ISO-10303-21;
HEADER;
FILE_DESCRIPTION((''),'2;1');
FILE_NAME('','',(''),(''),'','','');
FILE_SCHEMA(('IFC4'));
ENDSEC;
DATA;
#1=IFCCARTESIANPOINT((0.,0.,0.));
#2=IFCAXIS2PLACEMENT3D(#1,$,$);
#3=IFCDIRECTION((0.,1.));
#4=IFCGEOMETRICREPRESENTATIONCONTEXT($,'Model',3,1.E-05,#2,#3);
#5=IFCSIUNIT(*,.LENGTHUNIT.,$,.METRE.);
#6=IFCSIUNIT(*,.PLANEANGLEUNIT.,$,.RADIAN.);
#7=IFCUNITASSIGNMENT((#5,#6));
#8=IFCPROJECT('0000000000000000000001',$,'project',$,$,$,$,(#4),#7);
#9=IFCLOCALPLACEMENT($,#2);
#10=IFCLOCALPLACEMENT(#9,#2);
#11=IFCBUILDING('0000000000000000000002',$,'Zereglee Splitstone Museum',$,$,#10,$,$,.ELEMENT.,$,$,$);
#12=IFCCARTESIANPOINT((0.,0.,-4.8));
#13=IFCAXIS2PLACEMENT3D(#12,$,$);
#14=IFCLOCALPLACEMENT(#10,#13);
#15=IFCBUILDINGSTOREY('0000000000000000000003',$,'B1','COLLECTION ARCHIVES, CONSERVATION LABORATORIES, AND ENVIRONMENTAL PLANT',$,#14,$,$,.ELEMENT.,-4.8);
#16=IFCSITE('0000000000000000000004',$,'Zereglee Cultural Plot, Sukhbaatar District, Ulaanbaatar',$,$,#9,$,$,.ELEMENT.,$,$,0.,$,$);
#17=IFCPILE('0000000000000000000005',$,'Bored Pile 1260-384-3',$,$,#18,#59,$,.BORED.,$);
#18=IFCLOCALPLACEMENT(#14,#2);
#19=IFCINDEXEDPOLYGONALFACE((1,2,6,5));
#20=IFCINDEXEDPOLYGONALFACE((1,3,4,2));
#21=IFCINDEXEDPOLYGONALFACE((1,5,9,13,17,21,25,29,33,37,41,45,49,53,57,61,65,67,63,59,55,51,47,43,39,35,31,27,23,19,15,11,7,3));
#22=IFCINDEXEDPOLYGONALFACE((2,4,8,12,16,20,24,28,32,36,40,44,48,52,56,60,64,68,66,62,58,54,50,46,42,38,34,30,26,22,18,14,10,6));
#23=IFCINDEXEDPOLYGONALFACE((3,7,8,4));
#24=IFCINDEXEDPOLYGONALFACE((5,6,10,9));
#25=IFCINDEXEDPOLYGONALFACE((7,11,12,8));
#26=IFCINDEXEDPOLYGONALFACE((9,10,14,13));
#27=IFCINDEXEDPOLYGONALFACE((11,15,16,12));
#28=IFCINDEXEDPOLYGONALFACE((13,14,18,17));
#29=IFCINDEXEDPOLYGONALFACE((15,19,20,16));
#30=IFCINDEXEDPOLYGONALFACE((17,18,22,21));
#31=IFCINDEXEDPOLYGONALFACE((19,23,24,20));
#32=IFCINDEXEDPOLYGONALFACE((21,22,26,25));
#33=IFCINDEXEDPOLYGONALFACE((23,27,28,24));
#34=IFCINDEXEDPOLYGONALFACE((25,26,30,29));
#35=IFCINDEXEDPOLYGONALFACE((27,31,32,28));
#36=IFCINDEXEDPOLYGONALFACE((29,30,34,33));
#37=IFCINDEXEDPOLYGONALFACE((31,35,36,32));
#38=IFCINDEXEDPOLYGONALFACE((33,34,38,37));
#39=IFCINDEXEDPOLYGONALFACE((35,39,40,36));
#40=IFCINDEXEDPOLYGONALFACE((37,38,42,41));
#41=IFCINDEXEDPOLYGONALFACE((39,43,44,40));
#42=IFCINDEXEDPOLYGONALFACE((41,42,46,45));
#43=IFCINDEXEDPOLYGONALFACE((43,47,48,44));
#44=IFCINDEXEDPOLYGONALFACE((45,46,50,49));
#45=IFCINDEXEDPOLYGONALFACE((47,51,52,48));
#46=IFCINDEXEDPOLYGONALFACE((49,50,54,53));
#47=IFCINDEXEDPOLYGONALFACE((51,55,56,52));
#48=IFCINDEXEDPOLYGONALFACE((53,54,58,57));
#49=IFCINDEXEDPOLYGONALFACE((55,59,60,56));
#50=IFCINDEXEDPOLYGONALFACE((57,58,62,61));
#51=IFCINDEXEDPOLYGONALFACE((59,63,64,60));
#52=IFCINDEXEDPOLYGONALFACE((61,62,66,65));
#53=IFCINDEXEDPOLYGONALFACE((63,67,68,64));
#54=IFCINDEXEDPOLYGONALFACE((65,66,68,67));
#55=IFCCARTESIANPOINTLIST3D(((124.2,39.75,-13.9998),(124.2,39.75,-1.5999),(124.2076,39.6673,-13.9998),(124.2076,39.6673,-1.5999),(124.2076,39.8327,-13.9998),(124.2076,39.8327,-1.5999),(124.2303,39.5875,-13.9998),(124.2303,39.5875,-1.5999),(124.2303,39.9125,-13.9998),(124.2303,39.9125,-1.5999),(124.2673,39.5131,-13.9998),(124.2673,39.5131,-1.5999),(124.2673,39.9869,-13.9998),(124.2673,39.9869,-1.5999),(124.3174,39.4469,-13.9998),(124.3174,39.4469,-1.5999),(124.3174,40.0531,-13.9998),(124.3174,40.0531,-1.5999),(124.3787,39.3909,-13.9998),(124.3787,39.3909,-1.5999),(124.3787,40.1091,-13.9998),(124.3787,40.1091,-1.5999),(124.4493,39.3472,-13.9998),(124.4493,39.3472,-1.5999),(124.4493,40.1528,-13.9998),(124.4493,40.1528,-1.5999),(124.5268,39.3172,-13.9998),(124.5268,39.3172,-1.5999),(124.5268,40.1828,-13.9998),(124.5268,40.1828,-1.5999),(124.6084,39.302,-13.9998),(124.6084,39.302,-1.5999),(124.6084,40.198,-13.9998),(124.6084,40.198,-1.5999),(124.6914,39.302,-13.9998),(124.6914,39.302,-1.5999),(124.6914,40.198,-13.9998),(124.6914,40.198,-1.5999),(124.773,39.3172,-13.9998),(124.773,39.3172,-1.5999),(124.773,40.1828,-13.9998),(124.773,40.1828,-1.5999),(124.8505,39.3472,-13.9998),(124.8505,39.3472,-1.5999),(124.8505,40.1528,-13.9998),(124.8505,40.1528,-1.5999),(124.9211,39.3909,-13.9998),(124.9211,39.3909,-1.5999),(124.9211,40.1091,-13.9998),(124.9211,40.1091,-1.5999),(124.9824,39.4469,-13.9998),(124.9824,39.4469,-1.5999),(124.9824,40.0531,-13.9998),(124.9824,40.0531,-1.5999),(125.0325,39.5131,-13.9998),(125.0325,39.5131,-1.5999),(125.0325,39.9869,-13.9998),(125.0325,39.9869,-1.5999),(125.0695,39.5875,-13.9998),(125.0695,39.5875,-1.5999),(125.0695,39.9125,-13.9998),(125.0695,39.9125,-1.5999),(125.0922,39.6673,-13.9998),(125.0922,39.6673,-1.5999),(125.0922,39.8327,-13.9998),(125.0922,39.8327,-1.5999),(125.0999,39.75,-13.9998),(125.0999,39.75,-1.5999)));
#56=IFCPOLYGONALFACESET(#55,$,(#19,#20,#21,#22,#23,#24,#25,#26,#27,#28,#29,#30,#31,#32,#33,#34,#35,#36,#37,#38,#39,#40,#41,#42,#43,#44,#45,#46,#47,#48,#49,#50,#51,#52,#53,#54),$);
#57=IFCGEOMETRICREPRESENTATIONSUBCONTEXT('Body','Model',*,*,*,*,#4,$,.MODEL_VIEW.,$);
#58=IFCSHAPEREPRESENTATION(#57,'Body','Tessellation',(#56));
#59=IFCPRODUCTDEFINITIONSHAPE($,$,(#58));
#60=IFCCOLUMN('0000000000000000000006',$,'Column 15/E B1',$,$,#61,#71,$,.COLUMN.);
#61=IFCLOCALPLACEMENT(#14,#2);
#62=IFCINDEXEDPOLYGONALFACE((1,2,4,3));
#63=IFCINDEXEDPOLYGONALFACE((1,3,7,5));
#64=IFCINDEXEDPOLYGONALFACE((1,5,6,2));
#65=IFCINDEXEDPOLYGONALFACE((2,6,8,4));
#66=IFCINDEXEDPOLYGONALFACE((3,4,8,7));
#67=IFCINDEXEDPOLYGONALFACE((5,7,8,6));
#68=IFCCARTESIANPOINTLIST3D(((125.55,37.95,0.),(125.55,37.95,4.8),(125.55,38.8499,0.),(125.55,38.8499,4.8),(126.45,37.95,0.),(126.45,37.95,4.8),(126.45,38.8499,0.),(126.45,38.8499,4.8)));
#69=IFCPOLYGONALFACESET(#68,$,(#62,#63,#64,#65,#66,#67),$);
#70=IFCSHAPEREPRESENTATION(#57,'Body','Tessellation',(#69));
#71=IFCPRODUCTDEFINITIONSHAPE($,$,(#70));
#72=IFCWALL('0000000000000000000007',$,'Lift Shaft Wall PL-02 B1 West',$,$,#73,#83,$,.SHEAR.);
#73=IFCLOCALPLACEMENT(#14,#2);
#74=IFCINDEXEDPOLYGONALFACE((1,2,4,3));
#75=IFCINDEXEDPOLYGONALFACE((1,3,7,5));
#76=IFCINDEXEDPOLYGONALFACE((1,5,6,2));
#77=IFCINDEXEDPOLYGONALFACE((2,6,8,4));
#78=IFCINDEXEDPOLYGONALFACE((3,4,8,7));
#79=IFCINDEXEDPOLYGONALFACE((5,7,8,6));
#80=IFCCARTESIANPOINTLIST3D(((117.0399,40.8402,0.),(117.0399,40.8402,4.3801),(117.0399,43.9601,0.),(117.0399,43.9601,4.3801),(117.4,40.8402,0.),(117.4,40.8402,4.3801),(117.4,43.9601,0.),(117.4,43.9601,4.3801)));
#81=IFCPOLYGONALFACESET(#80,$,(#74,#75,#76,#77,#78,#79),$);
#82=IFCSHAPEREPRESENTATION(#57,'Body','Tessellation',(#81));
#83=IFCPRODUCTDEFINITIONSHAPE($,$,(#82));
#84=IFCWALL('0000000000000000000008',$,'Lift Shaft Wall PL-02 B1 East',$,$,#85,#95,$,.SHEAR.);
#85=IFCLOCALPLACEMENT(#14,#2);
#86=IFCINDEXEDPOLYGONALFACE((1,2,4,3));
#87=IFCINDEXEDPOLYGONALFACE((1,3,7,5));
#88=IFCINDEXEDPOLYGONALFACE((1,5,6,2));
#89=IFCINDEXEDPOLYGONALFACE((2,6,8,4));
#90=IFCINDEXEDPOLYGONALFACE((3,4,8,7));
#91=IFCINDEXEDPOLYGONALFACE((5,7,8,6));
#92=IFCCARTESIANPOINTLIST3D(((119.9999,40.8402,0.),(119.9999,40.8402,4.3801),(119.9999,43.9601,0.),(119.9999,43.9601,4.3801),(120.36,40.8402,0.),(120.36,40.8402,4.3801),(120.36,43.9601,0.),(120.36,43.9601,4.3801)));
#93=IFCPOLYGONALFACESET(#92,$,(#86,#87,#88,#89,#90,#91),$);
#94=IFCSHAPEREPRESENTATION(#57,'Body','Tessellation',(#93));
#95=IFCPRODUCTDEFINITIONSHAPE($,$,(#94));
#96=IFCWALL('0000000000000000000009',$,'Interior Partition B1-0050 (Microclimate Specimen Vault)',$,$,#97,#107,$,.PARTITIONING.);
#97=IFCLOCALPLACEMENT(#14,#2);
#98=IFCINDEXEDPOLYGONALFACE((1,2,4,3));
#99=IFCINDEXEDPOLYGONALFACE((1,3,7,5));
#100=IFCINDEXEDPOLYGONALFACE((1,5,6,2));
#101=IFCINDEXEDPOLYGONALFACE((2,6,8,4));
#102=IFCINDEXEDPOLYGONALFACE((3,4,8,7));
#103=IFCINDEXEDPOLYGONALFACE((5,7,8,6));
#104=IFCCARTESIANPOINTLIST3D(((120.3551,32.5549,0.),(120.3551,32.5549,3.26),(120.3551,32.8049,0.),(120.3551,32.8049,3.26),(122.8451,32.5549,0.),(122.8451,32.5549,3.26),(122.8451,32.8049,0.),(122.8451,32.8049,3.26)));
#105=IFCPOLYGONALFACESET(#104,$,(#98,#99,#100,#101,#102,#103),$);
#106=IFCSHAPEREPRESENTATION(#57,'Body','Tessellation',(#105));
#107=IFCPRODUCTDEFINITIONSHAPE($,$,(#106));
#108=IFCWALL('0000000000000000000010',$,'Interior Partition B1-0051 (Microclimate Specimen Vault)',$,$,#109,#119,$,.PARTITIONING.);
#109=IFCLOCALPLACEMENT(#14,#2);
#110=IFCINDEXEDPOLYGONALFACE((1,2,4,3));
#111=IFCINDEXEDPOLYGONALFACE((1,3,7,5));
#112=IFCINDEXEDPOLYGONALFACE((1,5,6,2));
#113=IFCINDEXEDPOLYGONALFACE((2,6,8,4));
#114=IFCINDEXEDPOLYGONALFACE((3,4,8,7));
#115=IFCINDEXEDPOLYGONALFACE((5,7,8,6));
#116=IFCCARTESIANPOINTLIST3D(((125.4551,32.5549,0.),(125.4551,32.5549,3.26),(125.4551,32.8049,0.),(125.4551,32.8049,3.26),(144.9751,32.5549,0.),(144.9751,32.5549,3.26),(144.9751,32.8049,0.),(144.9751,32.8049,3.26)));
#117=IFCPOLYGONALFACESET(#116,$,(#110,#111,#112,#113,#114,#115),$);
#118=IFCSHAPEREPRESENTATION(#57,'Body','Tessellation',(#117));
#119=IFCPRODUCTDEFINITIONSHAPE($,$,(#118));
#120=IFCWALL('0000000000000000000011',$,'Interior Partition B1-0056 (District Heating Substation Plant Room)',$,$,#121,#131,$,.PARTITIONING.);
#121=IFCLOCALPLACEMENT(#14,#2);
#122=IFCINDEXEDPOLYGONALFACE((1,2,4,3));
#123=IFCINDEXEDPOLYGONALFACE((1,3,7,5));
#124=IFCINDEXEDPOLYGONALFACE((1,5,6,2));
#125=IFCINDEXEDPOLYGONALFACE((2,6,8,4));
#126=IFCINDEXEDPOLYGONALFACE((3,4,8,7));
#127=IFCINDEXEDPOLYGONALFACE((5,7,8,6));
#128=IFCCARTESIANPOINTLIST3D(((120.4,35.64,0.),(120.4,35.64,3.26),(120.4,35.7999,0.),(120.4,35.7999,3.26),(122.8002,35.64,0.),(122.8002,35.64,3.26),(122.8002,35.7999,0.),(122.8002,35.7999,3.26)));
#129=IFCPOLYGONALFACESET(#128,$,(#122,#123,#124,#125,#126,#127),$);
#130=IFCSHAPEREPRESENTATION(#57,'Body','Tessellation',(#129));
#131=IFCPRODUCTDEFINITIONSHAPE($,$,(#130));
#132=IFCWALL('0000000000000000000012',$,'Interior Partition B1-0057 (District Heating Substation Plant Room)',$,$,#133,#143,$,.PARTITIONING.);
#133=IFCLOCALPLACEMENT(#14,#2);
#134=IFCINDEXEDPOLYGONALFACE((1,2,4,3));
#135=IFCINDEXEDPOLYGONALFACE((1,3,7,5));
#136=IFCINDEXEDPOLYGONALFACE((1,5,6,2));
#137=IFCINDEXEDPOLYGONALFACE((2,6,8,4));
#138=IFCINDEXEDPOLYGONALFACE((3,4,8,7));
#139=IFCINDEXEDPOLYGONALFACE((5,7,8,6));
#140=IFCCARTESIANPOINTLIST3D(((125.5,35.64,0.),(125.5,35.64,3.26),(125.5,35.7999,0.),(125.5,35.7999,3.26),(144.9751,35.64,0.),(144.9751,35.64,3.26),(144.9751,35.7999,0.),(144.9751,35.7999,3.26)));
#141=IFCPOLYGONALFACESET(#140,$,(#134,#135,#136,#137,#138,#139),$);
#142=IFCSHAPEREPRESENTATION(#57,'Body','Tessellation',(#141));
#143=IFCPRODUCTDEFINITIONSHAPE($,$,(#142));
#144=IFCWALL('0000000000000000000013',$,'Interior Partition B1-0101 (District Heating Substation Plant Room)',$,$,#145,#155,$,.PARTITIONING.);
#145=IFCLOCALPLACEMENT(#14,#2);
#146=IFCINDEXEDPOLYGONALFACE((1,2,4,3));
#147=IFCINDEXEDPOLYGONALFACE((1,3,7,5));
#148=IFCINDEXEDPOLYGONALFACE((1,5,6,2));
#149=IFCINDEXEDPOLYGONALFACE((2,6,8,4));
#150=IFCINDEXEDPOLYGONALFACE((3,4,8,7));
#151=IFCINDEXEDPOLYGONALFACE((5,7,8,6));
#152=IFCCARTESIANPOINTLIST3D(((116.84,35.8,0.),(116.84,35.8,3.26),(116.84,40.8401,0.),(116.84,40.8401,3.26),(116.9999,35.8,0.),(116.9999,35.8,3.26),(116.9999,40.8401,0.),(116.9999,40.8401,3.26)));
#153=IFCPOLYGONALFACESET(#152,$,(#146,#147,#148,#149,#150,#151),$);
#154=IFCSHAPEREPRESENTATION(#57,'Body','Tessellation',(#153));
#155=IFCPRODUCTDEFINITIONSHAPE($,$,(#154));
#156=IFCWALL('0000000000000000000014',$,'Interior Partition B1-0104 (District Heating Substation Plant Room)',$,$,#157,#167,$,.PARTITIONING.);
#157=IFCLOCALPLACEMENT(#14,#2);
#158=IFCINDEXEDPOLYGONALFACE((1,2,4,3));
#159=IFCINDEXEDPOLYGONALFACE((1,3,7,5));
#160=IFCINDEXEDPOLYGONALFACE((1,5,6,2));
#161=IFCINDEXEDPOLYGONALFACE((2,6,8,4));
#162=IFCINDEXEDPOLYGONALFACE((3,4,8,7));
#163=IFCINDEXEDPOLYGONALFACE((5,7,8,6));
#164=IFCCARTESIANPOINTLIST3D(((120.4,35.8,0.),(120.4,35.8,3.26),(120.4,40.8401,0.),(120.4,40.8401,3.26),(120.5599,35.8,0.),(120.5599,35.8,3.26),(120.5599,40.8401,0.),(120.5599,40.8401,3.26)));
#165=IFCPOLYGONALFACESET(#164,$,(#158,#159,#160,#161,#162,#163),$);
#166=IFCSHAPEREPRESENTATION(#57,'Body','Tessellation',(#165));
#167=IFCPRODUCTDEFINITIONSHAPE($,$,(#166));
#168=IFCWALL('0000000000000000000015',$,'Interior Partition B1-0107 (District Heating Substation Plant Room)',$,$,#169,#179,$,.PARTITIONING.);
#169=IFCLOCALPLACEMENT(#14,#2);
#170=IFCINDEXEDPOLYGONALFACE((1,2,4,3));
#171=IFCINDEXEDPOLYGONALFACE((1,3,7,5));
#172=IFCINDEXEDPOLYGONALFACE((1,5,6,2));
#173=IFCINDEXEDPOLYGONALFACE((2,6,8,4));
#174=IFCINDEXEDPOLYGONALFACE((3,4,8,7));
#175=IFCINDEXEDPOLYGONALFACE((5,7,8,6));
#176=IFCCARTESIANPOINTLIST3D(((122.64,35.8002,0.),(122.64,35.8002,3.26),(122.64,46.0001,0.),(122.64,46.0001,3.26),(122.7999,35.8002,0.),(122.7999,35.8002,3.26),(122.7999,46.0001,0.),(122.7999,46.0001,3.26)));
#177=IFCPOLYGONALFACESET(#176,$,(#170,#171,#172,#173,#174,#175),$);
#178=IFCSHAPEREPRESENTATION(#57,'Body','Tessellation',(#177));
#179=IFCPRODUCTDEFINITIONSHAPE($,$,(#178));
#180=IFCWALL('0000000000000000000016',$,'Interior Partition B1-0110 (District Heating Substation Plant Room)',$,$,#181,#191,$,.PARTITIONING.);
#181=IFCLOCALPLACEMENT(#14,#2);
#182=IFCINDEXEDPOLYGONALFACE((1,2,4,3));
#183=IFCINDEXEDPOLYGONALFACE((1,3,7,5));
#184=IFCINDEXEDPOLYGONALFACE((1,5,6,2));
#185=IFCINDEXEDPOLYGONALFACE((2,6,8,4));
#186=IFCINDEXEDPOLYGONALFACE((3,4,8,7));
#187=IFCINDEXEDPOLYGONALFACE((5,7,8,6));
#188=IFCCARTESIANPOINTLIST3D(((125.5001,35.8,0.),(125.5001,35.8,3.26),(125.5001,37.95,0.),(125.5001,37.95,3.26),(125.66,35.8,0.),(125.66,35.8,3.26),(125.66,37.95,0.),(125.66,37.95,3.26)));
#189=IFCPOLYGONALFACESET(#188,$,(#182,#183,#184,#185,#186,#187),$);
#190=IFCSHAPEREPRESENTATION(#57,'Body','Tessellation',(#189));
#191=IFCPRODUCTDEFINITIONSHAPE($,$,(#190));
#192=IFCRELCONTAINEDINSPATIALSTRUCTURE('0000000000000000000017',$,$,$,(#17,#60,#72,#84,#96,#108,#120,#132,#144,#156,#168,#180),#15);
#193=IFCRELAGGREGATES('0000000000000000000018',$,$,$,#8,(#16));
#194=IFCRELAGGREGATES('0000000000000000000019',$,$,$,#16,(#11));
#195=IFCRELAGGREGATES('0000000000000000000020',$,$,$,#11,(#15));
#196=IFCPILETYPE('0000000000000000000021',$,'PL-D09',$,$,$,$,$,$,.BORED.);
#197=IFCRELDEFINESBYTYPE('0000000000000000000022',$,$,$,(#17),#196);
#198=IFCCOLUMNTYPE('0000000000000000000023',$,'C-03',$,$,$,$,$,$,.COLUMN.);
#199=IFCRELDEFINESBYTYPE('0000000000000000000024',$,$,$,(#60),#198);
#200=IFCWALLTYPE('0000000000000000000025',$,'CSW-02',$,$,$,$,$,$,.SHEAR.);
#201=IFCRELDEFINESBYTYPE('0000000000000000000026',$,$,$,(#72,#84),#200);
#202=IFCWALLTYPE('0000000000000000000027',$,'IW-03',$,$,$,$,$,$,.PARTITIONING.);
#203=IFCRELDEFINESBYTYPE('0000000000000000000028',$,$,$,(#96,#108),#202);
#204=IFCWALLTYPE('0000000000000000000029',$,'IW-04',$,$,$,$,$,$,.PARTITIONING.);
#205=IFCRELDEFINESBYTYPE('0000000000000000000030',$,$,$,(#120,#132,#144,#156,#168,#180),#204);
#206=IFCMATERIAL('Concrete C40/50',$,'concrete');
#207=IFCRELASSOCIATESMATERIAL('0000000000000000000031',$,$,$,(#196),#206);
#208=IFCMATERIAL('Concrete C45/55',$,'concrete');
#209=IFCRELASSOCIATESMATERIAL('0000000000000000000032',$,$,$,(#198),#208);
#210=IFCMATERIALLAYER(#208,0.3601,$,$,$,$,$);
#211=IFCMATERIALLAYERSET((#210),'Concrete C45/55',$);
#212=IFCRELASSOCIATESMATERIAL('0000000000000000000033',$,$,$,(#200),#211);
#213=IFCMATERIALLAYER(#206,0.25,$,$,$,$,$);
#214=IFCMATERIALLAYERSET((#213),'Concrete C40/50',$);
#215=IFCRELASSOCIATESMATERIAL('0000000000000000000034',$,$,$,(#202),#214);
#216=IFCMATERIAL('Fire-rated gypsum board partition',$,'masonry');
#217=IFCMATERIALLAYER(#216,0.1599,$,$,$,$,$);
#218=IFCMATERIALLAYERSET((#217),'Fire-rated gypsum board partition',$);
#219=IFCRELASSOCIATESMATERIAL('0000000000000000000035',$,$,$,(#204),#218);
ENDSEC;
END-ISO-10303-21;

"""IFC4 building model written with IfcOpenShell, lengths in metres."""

from ifc_helpers import new_model, si_unit, direction, frame, frame_2d, origin, origin_2d, place, context, subcontext, project, spatial, rectangle, circle, extrude, material, layer, layer_set, material_profile, profile_set, type_object, element, save


model = new_model("IFC4")

# Units and contexts
model_context = context("Model", 3, precision=1e-05, world=origin(), true_north=direction((0.0, 1.0)))
body_context = subcontext(model_context, "Body", "Model", "MODEL_VIEW")
ifc_project = project(units=[si_unit("LENGTHUNIT", "METRE"), si_unit("PLANEANGLEUNIT", "RADIAN")], contexts=[model_context])

# Site, building, storey
site_placement = place(None, origin())
site = spatial("IfcSite", under=ifc_project, at=site_placement, Name="Zereglee Cultural Plot, Sukhbaatar District, Ulaanbaatar", CompositionType="ELEMENT", RefElevation=0.0)
building_placement = place(site_placement, origin())
building = spatial("IfcBuilding", under=site, at=building_placement, Name="Zereglee Splitstone Museum", CompositionType="ELEMENT")
storey_placement = place(building_placement, frame((0.0, 0.0, -4.8)))
storey = spatial("IfcBuildingStorey", under=building, at=storey_placement, Name="B1", Description="COLLECTION ARCHIVES, CONSERVATION LABORATORIES, AND ENVIRONMENTAL PLANT", CompositionType="ELEMENT", Elevation=-4.8)

# Shared definitions
ifc_material_1 = material(Name="Concrete C40/50", Category="concrete")

# Pile
ifc_material_profile_1 = material_profile(ifc_material_1, circle(Radius=0.45, at=origin_2d()), Name="PILE D900")
ifc_profile_set_1 = profile_set([ifc_material_profile_1], Name="Concrete C40/50")
pile_type = type_object("IfcPileType", Name="PL-D09", PredefinedType="BORED", material=ifc_profile_set_1)
for number, where, z_axis, x_axis, name in (
    (1, (124.6499, 39.75, -1.5999), (0.0, 0.0, -1.0), (1.0, 0.0, 0.0), "Bored Pile 1260-384-3"),
):
    element("IfcPile", number, at=place(storey_placement, frame(where, z_axis=z_axis, x_axis=x_axis)), inside=storey, type_object=pile_type, Name=name, PredefinedType="BORED", context=body_context, shape_type="SweptSolid", body=[
        extrude(circle(Radius=0.45, at=origin_2d()), origin(), (0.0, 0.0, 1.0), 12.3999),
    ])

# Column
ifc_material_2 = material(Name="Concrete C45/55", Category="concrete")
ifc_material_profile_2 = material_profile(ifc_material_2, rectangle(XDim=0.8999, YDim=0.8999, at=origin_2d()), Name="RC 900x900")
ifc_profile_set_2 = profile_set([ifc_material_profile_2], Name="Concrete C45/55")
column_type = type_object("IfcColumnType", Name="C-03", PredefinedType="COLUMN", material=ifc_profile_set_2)
column_placement = place(storey_placement, frame((126.0, 38.3999, 0.0), z_axis=(0.0, 0.0, 1.0), x_axis=(1.0, 0.0, 0.0)))
element("IfcColumn", 2, at=column_placement, inside=storey, type_object=column_type, Name="Column 15/E B1", PredefinedType="COLUMN", context=body_context, shape_type="SweptSolid", body=[
    extrude(rectangle(XDim=0.8999, YDim=0.8999, at=origin_2d()), origin(), (0.0, 0.0, 1.0), 4.8),
])

# Shared definitions
ifc_layer_1 = layer(ifc_material_2, 0.3601)
ifc_layer_set_1 = layer_set([ifc_layer_1], Name="Concrete C45/55")
wall_type_1 = type_object("IfcWallType", Name="CSW-02", PredefinedType="SHEAR", material=ifc_layer_set_1)

# Walls
for number, where, z_axis, x_axis, name in (
    (3, (117.22, 40.8401, 0.0), (0.0, 0.0, 1.0), (0.0, 1.0, 0.0), "Lift Shaft Wall PL-02 B1 West"),
    (4, (120.1799, 40.8401, 0.0), (0.0, 0.0, 1.0), (0.0, 1.0, 0.0), "Lift Shaft Wall PL-02 B1 East"),
):
    element("IfcWall", number, at=place(storey_placement, frame(where, z_axis=z_axis, x_axis=x_axis)), inside=storey, type_object=wall_type_1, Name=name, PredefinedType="SHEAR", context=body_context, shape_type="SweptSolid", body=[
        extrude(rectangle(XDim=3.1199, YDim=0.3601, at=frame_2d((1.5601, 0.0))), origin(), (0.0, 0.0, 1.0), 4.3801),
    ])
ifc_layer_2 = layer(ifc_material_1, 0.25)
ifc_layer_set_2 = layer_set([ifc_layer_2], Name="Concrete C40/50")
wall_type_2 = type_object("IfcWallType", Name="IW-03", PredefinedType="PARTITIONING", material=ifc_layer_set_2)
wall_1_placement = place(storey_placement, frame((120.355, 32.6799, 0.0), z_axis=(0.0, 0.0, 1.0), x_axis=(1.0, 0.0, 0.0)))
element("IfcWall", 5, at=wall_1_placement, inside=storey, type_object=wall_type_2, Name="Interior Partition B1-0050 (Microclimate Specimen Vault)", PredefinedType="PARTITIONING", context=body_context, shape_type="SweptSolid", body=[
    extrude(rectangle(XDim=2.49, YDim=0.25, at=frame_2d((1.2451, 0.0))), origin(), (0.0, 0.0, 1.0), 3.26),
])
wall_2_placement = place(storey_placement, frame((125.4551, 32.6799, 0.0), z_axis=(0.0, 0.0, 1.0), x_axis=(1.0, 0.0, 0.0)))
element("IfcWall", 6, at=wall_2_placement, inside=storey, type_object=wall_type_2, Name="Interior Partition B1-0051 (Microclimate Specimen Vault)", PredefinedType="PARTITIONING", context=body_context, shape_type="SweptSolid", body=[
    extrude(rectangle(XDim=19.52, YDim=0.25, at=frame_2d((9.76, 0.0))), origin(), (0.0, 0.0, 1.0), 3.26),
])
ifc_material_3 = material(Name="Fire-rated gypsum board partition", Category="masonry")
ifc_layer_3 = layer(ifc_material_3, 0.1599)
ifc_layer_set_3 = layer_set([ifc_layer_3], Name="Fire-rated gypsum board partition")
wall_type_3 = type_object("IfcWallType", Name="IW-04", PredefinedType="PARTITIONING", material=ifc_layer_set_3)
wall_3_placement = place(storey_placement, frame((120.3999, 35.72, 0.0), z_axis=(0.0, 0.0, 1.0), x_axis=(1.0, 0.0, 0.0)))
element("IfcWall", 7, at=wall_3_placement, inside=storey, type_object=wall_type_3, Name="Interior Partition B1-0056 (District Heating Substation Plant Room)", PredefinedType="PARTITIONING", context=body_context, shape_type="SweptSolid", body=[
    extrude(rectangle(XDim=2.4001, YDim=0.1599, at=frame_2d((1.2002, 0.0))), origin(), (0.0, 0.0, 1.0), 3.26),
])
wall_4_placement = place(storey_placement, frame((125.5, 35.72, 0.0), z_axis=(0.0, 0.0, 1.0), x_axis=(1.0, 0.0, 0.0)))
element("IfcWall", 8, at=wall_4_placement, inside=storey, type_object=wall_type_3, Name="Interior Partition B1-0057 (District Heating Substation Plant Room)", PredefinedType="PARTITIONING", context=body_context, shape_type="SweptSolid", body=[
    extrude(rectangle(XDim=19.4751, YDim=0.1599, at=frame_2d((9.7375, 0.0))), origin(), (0.0, 0.0, 1.0), 3.26),
])
for number, where, z_axis, x_axis, name in (
    (9, (116.9199, 35.8, 0.0), (0.0, 0.0, 1.0), (0.0, 1.0, 0.0), "Interior Partition B1-0101 (District Heating Substation Plant Room)"),
    (10, (120.48, 35.8, 0.0), (0.0, 0.0, 1.0), (0.0, 1.0, 0.0), "Interior Partition B1-0104 (District Heating Substation Plant Room)"),
):
    element("IfcWall", number, at=place(storey_placement, frame(where, z_axis=z_axis, x_axis=x_axis)), inside=storey, type_object=wall_type_3, Name=name, PredefinedType="PARTITIONING", context=body_context, shape_type="SweptSolid", body=[
        extrude(rectangle(XDim=5.04, YDim=0.1599, at=frame_2d((2.52, 0.0))), origin(), (0.0, 0.0, 1.0), 3.26),
    ])
wall_5_placement = place(storey_placement, frame((122.72, 35.8, 0.0), z_axis=(0.0, 0.0, 1.0), x_axis=(0.0, 1.0, 0.0)))
element("IfcWall", 11, at=wall_5_placement, inside=storey, type_object=wall_type_3, Name="Interior Partition B1-0107 (District Heating Substation Plant Room)", PredefinedType="PARTITIONING", context=body_context, shape_type="SweptSolid", body=[
    extrude(rectangle(XDim=10.2, YDim=0.1599, at=frame_2d((5.1001, 0.0))), origin(), (0.0, 0.0, 1.0), 3.26),
])
wall_6_placement = place(storey_placement, frame((125.5801, 35.8, 0.0), z_axis=(0.0, 0.0, 1.0), x_axis=(0.0, 1.0, 0.0)))
element("IfcWall", 12, at=wall_6_placement, inside=storey, type_object=wall_type_3, Name="Interior Partition B1-0110 (District Heating Substation Plant Room)", PredefinedType="PARTITIONING", context=body_context, shape_type="SweptSolid", body=[
    extrude(rectangle(XDim=2.1499, YDim=0.1599, at=frame_2d((1.075, 0.0))), origin(), (0.0, 0.0, 1.0), 3.26),
])

save(model, "model.ifc")
